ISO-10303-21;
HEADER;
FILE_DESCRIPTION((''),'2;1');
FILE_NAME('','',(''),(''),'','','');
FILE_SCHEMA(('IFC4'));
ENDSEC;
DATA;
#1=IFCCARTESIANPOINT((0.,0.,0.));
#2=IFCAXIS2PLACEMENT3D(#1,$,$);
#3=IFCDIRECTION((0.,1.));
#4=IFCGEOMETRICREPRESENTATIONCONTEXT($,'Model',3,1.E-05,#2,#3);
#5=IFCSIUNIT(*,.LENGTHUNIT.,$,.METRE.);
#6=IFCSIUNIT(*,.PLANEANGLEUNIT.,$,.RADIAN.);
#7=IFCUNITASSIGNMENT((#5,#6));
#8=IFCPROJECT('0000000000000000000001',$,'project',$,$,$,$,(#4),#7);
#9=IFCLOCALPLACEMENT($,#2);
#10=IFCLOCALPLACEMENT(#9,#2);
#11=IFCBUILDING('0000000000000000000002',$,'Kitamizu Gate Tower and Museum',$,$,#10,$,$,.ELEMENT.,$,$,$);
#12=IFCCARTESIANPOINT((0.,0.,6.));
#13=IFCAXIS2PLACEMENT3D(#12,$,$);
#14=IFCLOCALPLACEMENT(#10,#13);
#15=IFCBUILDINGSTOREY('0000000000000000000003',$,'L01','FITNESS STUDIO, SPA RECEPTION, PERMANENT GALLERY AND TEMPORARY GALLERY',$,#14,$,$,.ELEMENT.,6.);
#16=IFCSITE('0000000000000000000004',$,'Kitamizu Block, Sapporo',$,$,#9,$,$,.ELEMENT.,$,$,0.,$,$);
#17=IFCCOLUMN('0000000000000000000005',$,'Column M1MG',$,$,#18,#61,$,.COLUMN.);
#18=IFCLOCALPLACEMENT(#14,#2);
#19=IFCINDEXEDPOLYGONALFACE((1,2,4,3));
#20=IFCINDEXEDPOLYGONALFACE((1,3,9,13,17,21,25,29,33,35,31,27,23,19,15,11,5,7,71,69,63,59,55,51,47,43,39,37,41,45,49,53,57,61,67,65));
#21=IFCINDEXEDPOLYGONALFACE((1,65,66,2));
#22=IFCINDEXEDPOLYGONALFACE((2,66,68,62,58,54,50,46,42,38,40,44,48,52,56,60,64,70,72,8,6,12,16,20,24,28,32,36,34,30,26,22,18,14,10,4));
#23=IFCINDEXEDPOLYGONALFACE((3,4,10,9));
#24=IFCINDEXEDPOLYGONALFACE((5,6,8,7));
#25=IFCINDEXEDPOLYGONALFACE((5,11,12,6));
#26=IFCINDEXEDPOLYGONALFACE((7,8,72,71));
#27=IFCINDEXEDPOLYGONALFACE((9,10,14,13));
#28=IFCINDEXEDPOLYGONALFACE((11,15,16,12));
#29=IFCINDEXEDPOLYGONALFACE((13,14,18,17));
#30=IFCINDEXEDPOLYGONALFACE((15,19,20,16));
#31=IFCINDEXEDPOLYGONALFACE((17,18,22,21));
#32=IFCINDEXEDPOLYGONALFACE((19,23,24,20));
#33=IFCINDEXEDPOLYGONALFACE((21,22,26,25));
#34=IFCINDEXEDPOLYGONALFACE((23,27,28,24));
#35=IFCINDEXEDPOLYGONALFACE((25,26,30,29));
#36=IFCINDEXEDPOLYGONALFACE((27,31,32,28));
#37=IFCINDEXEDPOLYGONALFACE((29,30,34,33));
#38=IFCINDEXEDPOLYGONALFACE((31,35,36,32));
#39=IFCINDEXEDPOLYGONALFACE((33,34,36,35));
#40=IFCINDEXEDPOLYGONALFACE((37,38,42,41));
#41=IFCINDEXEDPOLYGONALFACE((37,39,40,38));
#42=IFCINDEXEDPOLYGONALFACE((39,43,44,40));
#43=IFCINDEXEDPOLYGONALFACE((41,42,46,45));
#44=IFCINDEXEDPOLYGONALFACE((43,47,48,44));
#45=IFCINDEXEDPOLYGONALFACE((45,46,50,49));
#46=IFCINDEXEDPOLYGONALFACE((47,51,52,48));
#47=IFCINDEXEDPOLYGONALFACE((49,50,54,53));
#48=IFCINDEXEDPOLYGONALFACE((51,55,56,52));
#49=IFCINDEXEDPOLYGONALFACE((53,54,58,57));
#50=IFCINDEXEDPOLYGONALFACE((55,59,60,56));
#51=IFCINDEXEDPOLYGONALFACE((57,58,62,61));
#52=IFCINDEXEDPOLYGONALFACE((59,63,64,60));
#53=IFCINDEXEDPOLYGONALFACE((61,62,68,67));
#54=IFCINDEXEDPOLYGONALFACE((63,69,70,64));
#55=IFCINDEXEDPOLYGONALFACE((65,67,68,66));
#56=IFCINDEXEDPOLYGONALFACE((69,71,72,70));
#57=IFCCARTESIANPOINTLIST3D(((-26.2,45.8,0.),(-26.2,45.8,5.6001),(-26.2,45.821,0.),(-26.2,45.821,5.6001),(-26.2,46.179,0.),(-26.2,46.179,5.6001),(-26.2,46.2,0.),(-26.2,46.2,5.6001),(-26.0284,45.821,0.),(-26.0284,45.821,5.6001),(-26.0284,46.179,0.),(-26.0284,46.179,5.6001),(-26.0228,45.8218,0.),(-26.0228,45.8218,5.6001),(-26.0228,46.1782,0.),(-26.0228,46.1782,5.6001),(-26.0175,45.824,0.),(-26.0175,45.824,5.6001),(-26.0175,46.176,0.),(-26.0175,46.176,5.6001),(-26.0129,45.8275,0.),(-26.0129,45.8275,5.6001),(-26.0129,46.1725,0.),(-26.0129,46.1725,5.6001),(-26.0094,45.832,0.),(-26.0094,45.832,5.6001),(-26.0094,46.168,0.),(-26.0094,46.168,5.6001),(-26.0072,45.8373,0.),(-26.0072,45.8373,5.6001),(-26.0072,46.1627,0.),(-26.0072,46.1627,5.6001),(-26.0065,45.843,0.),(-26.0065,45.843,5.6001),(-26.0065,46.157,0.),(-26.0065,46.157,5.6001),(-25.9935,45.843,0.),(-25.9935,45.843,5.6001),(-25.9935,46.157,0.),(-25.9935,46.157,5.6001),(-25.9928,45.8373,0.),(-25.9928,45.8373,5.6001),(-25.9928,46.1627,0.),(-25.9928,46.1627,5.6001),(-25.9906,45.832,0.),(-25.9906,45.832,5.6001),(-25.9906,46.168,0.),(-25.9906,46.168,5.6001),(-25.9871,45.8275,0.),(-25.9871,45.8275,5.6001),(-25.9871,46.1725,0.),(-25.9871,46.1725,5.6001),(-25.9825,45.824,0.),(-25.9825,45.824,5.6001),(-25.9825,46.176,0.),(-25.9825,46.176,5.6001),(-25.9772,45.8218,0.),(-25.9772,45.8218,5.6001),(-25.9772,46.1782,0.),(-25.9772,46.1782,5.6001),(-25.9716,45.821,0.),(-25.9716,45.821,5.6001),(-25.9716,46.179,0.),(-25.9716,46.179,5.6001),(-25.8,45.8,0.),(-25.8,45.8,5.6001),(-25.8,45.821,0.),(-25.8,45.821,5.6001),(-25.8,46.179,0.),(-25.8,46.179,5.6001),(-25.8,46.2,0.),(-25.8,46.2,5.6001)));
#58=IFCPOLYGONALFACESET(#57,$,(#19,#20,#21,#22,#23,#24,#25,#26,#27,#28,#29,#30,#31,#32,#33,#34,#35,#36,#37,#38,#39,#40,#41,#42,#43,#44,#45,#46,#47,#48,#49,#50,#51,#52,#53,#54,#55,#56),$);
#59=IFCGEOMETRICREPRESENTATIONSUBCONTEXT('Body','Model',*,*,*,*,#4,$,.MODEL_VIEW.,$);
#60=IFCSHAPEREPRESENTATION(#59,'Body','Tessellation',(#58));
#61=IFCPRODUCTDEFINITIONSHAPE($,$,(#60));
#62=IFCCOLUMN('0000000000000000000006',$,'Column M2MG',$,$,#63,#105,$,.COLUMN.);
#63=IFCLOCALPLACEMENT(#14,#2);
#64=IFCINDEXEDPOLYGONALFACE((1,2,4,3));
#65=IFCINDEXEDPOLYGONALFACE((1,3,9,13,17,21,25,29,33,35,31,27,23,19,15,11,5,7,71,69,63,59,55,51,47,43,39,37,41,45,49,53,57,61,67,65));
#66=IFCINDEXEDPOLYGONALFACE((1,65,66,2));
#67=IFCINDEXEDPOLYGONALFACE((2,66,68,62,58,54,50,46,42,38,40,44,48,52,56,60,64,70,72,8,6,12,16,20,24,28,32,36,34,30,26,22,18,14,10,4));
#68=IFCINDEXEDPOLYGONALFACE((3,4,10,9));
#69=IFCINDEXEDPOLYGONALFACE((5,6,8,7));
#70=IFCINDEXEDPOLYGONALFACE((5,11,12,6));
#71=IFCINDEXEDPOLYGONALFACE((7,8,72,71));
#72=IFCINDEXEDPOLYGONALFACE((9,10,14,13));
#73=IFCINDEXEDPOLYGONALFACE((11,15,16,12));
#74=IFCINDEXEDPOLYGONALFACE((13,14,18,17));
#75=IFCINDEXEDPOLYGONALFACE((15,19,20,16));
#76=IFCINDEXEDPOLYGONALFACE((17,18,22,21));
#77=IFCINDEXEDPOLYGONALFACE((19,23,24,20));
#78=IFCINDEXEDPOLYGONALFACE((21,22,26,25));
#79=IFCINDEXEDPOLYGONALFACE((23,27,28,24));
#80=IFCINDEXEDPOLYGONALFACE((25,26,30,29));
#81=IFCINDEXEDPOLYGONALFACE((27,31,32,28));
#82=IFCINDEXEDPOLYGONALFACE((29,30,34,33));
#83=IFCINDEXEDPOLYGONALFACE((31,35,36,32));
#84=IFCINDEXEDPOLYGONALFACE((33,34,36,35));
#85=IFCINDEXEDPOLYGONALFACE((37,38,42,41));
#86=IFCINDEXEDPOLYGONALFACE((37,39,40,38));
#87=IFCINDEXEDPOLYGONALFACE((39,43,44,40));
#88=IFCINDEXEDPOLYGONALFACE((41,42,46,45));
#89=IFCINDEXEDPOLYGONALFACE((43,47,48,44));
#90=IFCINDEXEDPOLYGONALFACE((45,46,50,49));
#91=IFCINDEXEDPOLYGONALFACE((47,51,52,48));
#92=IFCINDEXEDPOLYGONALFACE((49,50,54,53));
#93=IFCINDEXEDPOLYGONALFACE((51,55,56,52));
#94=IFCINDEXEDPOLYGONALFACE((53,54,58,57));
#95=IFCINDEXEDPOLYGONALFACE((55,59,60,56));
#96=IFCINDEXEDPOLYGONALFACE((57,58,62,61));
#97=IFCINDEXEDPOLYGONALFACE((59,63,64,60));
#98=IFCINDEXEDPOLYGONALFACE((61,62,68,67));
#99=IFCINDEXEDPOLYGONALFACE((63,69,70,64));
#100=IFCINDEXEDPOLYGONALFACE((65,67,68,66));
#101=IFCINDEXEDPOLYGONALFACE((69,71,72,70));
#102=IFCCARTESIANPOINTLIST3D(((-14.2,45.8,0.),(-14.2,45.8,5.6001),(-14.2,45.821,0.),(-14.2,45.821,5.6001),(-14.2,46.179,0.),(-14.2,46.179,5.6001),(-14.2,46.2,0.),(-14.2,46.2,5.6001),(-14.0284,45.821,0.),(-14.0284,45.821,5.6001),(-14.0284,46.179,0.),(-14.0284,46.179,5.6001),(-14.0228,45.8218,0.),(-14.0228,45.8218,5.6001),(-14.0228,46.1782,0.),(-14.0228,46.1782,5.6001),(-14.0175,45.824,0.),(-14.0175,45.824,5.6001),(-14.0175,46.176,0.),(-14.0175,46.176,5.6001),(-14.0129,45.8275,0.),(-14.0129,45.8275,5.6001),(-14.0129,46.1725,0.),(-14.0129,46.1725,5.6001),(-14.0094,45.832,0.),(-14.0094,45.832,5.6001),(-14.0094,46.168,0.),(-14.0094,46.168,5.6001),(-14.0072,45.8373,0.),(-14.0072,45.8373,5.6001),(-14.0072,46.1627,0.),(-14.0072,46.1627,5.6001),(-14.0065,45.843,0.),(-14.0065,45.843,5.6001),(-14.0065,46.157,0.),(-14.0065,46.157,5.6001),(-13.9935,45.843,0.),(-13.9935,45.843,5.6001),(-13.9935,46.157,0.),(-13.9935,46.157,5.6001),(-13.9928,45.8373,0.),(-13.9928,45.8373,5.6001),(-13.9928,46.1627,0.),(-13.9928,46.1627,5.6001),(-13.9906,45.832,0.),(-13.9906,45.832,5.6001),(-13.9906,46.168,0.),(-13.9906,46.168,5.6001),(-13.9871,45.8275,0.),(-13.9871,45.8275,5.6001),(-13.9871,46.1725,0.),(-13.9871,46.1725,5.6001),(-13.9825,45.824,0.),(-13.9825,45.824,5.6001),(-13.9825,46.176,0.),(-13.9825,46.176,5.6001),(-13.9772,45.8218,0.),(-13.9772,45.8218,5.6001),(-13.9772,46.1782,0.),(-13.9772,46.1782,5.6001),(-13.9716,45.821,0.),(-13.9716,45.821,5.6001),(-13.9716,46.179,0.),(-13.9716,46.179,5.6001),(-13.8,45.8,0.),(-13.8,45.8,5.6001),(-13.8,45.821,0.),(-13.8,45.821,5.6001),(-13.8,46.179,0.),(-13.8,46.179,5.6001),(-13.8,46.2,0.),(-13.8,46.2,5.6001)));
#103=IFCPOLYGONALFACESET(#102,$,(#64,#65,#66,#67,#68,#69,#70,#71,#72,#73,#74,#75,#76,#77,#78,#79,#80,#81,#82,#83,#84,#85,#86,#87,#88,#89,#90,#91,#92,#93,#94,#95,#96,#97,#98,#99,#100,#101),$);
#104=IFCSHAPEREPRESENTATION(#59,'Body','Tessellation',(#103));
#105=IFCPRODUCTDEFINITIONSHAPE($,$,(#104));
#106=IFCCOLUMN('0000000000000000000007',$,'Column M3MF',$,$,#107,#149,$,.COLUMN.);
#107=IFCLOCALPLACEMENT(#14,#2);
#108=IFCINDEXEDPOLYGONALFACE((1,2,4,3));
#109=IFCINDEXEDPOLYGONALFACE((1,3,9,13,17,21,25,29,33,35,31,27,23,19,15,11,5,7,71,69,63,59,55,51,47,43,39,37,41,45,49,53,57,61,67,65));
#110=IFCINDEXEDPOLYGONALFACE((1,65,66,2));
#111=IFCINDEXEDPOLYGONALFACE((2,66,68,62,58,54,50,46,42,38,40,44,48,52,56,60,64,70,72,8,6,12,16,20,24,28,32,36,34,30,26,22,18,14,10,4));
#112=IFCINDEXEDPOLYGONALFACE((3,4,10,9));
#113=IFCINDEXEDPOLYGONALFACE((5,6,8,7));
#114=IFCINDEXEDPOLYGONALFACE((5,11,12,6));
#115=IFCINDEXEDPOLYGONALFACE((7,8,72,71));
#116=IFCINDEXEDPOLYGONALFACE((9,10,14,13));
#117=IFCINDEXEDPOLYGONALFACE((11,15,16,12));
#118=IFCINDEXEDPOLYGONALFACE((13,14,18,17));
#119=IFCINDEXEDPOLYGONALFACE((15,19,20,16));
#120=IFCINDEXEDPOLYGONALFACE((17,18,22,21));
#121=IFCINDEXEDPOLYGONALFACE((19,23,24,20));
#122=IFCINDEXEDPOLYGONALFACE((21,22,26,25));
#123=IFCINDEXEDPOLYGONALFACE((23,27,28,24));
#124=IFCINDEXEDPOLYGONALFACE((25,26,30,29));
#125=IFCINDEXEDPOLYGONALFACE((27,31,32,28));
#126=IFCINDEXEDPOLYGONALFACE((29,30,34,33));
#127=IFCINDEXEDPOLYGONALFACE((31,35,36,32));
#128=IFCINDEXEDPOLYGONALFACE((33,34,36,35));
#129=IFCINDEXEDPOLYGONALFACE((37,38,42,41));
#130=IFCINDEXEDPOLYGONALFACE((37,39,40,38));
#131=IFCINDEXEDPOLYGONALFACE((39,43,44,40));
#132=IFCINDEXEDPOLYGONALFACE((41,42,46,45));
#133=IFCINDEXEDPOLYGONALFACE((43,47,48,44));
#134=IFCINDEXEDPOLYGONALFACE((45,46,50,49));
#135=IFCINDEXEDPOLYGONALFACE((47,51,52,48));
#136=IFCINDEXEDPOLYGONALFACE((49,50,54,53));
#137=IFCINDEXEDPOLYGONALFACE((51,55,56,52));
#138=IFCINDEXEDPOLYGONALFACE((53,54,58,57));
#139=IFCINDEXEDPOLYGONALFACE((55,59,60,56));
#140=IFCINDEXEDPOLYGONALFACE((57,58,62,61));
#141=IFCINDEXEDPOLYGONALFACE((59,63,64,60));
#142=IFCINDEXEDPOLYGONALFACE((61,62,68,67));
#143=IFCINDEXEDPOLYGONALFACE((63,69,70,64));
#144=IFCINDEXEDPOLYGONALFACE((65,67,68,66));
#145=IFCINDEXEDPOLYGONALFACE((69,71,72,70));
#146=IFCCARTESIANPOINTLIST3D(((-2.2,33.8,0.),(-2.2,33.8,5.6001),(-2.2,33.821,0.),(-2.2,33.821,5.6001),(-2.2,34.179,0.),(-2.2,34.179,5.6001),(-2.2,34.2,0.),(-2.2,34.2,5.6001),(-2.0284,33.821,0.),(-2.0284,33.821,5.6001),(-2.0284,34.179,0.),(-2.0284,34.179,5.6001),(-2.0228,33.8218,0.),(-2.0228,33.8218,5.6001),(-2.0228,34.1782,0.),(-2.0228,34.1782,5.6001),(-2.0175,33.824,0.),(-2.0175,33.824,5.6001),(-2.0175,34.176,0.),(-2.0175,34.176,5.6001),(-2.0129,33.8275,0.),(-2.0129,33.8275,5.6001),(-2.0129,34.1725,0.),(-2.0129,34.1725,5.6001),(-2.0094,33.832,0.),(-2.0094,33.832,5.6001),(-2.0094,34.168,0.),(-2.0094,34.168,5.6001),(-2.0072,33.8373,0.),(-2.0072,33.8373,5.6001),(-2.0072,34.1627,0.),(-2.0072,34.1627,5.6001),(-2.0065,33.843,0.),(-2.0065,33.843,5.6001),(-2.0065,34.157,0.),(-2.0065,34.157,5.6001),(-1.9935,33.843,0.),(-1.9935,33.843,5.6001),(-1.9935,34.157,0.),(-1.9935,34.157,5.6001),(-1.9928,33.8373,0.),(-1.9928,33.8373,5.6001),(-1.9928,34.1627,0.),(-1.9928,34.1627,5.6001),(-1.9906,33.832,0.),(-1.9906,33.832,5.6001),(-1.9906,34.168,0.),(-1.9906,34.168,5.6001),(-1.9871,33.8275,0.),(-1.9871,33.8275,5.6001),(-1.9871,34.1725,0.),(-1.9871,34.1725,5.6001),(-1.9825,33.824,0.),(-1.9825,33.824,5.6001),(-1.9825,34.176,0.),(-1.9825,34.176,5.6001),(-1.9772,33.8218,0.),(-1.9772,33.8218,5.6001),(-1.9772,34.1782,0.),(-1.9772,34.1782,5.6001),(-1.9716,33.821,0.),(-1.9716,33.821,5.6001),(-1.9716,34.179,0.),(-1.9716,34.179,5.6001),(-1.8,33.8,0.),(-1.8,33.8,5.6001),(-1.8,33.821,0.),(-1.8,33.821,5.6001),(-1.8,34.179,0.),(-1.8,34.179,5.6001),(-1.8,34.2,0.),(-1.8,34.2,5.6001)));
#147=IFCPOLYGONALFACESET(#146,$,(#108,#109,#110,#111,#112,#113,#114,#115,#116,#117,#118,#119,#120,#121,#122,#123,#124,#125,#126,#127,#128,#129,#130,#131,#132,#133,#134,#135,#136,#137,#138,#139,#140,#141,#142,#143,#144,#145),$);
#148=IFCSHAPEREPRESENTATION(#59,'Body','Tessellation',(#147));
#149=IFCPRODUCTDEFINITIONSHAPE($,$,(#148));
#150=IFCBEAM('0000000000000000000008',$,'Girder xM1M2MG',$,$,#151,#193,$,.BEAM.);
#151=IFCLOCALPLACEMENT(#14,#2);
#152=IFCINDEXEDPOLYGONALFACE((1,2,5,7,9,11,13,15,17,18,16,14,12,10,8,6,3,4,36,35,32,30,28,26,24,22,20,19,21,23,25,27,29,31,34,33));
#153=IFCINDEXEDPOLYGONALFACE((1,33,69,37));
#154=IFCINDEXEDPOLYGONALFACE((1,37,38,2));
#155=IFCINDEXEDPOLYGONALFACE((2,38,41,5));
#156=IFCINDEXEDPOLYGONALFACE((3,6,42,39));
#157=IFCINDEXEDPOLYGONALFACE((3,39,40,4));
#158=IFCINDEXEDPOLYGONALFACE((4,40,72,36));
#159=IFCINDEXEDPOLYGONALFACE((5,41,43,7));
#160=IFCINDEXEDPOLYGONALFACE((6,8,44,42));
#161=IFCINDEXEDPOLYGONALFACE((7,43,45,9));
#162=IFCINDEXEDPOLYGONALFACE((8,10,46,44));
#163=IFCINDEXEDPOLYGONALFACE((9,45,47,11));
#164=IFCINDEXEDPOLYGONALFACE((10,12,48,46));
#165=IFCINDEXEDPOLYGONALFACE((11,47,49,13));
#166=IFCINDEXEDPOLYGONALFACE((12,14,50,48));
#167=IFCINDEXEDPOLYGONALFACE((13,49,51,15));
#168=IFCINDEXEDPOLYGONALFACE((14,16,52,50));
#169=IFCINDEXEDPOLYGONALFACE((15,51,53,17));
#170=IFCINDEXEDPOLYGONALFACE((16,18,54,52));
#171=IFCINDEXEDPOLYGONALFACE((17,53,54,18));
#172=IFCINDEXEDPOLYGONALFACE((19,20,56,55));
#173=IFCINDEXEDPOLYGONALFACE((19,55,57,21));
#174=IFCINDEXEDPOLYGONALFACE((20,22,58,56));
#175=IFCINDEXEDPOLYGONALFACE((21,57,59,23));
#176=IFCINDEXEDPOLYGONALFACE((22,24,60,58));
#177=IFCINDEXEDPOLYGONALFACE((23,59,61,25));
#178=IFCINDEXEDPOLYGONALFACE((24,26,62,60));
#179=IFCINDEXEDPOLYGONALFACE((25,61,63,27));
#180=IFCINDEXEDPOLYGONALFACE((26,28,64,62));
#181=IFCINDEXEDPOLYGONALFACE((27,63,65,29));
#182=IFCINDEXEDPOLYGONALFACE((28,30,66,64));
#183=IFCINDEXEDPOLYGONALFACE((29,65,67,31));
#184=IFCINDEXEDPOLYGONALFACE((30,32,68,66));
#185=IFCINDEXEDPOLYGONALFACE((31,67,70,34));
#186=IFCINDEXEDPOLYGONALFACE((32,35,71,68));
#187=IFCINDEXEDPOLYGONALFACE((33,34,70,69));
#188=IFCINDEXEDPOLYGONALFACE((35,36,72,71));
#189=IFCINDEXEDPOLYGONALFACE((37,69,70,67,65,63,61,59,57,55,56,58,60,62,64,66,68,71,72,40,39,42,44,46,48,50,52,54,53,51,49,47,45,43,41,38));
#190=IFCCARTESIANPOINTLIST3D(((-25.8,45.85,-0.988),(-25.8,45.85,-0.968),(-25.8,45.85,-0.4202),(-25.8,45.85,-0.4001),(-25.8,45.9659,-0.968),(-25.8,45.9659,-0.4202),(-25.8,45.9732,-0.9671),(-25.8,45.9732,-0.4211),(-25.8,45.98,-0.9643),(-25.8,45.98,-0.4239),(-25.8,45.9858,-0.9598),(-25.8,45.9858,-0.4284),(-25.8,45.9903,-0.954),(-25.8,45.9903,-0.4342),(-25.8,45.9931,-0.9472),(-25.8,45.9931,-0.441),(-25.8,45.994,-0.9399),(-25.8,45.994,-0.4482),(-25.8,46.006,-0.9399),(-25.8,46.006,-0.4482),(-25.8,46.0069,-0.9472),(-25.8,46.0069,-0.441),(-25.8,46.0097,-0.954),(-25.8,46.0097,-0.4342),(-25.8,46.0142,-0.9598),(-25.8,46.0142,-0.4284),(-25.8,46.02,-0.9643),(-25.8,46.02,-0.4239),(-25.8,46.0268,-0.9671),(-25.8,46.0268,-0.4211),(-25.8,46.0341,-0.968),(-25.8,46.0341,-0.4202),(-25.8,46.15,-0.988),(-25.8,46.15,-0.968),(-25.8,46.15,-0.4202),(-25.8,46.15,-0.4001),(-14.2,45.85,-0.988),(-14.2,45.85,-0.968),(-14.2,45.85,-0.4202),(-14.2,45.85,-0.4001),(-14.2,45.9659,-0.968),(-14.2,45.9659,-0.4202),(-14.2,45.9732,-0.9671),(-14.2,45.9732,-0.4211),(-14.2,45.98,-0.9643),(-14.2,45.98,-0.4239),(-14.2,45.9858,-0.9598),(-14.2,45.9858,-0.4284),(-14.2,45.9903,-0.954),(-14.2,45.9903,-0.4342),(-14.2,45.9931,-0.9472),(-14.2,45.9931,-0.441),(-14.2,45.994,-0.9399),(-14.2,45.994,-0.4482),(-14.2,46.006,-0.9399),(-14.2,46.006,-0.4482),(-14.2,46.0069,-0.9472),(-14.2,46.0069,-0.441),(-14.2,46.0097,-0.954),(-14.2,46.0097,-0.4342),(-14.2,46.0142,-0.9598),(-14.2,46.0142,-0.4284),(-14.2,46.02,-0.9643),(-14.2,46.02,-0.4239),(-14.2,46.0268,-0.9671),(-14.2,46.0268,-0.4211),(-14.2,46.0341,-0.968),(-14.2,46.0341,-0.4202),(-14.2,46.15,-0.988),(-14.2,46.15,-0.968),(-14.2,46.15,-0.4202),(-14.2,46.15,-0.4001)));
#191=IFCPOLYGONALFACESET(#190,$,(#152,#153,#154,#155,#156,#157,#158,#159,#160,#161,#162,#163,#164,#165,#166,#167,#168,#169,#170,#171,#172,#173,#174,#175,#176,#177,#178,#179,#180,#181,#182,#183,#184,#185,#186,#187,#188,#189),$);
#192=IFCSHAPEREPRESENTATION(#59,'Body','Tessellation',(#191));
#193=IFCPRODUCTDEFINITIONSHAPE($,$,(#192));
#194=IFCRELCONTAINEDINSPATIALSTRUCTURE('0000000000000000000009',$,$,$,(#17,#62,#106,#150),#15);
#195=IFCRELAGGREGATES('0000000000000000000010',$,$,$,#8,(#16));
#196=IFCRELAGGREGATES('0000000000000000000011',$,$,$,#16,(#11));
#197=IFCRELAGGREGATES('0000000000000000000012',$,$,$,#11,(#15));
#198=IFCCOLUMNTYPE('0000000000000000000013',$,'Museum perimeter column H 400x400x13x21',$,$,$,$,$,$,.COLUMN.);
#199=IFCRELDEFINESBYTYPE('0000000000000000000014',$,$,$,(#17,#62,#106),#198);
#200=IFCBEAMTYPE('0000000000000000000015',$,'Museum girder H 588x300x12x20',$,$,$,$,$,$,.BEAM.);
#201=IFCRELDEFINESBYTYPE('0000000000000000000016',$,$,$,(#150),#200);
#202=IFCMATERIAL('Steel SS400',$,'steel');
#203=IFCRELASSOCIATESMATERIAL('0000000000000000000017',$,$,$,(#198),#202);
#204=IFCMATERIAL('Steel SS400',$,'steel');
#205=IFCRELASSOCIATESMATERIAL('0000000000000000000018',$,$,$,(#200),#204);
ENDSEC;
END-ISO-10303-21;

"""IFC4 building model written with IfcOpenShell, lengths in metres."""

from ifc_helpers import new_model, si_unit, direction, frame, origin, origin_2d, place, context, subcontext, project, spatial, i_section, extrude, material, material_profile, profile_set, type_object, element, save


model = new_model("IFC4")

# Units and contexts
model_context = context("Model", 3, precision=1e-05, world=origin(), true_north=direction((0.0, 1.0)))
body_context = subcontext(model_context, "Body", "Model", "MODEL_VIEW")
ifc_project = project(units=[si_unit("LENGTHUNIT", "METRE"), si_unit("PLANEANGLEUNIT", "RADIAN")], contexts=[model_context])

# Site, building, storey
site_placement = place(None, origin())
site = spatial("IfcSite", under=ifc_project, at=site_placement, Name="Kitamizu Block, Sapporo", CompositionType="ELEMENT", RefElevation=0.0)
building_placement = place(site_placement, origin())
building = spatial("IfcBuilding", under=site, at=building_placement, Name="Kitamizu Gate Tower and Museum", CompositionType="ELEMENT")
storey_placement = place(building_placement, frame((0.0, 0.0, 6.0)))
storey = spatial("IfcBuildingStorey", under=building, at=storey_placement, Name="L01", Description="FITNESS STUDIO, SPA RECEPTION, PERMANENT GALLERY AND TEMPORARY GALLERY", CompositionType="ELEMENT", Elevation=6.0)

# Columns
ifc_material_1 = material(Name="Steel SS400", Category="steel")
ifc_material_profile_1 = material_profile(ifc_material_1, i_section(OverallWidth=0.3999, OverallDepth=0.3999, WebThickness=0.0129, FlangeThickness=0.021, FilletRadius=0.022, at=origin_2d()), Name="H-400x400x13x21")
ifc_profile_set_1 = profile_set([ifc_material_profile_1], Name="Steel SS400")
column_type = type_object("IfcColumnType", Name="Museum perimeter column H 400x400x13x21", PredefinedType="COLUMN", material=ifc_profile_set_1)
for number, where, z_axis, x_axis, name in (
    (1, (-26.0, 46.0, 0.0), (0.0, 0.0, 1.0), (1.0, 0.0, 0.0), "Column M1MG"),
    (2, (-14.0, 46.0, 0.0), (0.0, 0.0, 1.0), (1.0, 0.0, 0.0), "Column M2MG"),
    (3, (-2.0, 34.0, 0.0), (0.0, 0.0, 1.0), (1.0, 0.0, 0.0), "Column M3MF"),
):
    element("IfcColumn", number, at=place(storey_placement, frame(where, z_axis=z_axis, x_axis=x_axis)), inside=storey, type_object=column_type, Name=name, PredefinedType="COLUMN", context=body_context, shape_type="SweptSolid", body=[
        extrude(i_section(OverallWidth=0.3999, OverallDepth=0.3999, WebThickness=0.0129, FlangeThickness=0.021, FilletRadius=0.022, at=origin_2d()), origin(), (0.0, 0.0, 1.0), 5.6001),
    ])

# Beam
ifc_material_2 = material(Name="Steel SS400", Category="steel")
ifc_material_profile_2 = material_profile(ifc_material_2, i_section(OverallWidth=0.3, OverallDepth=0.5879, WebThickness=0.012, FlangeThickness=0.02, FilletRadius=0.0281, at=origin_2d()), Name="H-588x300x12x20")
ifc_profile_set_2 = profile_set([ifc_material_profile_2], Name="Steel SS400")
beam_type_1 = type_object("IfcBeamType", Name="Museum girder H 588x300x12x20", PredefinedType="BEAM", material=ifc_profile_set_2)
for number, where, z_axis, x_axis, name in (
    (4, (-25.8, 46.0, -0.6941), (1.0, 0.0, 0.0), (0.0, 1.0, 0.0), "Girder xM1M2MG"),
):
    element("IfcBeam", number, at=place(storey_placement, frame(where, z_axis=z_axis, x_axis=x_axis)), inside=storey, type_object=beam_type_1, Name=name, PredefinedType="BEAM", context=body_context, shape_type="SweptSolid", body=[
        extrude(i_section(OverallWidth=0.3, OverallDepth=0.5879, WebThickness=0.012, FlangeThickness=0.02, FilletRadius=0.0281, at=origin_2d()), origin(), (0.0, 0.0, 1.0), 11.6001),
    ])

save(model, "model.ifc")
